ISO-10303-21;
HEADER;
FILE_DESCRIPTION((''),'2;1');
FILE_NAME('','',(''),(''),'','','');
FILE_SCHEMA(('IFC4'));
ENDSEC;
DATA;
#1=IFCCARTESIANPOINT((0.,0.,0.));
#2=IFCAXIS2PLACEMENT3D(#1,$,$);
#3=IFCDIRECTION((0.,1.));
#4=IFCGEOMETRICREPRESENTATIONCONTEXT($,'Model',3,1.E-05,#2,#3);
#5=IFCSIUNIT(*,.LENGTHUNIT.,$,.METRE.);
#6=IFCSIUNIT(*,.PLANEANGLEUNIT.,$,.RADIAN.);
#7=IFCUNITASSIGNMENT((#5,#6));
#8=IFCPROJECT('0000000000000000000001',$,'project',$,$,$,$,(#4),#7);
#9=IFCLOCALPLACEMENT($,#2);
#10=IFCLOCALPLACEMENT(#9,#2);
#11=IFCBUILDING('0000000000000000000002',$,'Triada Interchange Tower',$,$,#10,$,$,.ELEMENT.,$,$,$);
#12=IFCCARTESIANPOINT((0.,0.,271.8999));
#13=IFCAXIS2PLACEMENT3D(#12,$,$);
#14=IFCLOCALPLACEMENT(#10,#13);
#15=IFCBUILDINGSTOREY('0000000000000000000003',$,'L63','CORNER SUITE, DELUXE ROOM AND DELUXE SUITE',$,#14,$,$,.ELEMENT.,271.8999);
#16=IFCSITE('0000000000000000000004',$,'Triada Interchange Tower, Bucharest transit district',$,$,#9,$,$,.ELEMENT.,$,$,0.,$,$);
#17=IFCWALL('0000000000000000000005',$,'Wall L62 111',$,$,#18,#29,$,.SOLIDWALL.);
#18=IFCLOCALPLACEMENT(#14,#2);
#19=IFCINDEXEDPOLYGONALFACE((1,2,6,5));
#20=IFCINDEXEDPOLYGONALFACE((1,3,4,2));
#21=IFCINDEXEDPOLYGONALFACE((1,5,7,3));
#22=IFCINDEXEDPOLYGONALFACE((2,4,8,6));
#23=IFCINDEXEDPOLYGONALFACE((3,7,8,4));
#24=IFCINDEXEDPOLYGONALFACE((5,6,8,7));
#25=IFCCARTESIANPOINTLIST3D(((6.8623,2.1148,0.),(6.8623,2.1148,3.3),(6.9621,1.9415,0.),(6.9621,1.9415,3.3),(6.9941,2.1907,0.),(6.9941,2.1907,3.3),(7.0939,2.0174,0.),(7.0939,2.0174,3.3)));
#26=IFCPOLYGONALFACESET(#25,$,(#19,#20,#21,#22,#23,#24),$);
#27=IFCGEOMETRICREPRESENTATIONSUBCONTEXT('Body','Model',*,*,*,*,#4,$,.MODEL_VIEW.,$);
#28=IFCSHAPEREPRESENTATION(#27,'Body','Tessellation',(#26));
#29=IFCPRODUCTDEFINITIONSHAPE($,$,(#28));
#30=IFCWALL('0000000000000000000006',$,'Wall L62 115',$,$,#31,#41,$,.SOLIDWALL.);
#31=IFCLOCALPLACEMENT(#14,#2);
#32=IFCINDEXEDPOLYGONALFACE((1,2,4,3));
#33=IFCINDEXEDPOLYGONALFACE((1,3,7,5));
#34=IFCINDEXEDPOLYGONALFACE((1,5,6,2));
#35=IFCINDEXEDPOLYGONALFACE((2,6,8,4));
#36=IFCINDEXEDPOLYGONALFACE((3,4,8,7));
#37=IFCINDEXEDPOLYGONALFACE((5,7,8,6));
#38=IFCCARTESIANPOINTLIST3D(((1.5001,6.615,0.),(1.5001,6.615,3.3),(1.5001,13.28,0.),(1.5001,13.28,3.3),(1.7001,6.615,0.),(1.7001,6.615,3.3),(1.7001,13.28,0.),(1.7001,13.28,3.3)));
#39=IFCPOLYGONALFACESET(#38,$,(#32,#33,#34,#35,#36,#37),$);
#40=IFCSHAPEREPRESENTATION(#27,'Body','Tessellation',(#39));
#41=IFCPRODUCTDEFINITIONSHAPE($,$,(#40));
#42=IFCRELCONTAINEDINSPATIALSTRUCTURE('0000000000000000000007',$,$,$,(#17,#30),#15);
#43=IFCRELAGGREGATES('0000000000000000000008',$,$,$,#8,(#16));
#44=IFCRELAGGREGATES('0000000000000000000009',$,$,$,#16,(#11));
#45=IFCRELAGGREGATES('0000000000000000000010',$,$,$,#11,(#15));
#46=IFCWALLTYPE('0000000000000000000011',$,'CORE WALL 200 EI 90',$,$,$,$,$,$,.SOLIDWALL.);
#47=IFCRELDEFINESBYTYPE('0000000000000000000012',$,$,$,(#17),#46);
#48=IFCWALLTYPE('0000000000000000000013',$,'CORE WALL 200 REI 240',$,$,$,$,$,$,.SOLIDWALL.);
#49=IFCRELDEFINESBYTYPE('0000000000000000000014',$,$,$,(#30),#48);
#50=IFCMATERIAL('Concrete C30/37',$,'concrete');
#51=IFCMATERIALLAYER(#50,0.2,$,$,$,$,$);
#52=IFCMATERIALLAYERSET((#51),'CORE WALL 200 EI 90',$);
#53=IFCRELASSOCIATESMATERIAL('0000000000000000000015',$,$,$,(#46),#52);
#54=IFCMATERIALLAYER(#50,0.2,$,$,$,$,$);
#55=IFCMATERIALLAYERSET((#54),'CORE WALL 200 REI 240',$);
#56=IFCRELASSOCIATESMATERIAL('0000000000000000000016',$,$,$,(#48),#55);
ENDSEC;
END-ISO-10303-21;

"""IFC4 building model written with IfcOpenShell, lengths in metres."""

from ifc_helpers import new_model, si_unit, direction, frame, frame_2d, origin, place, context, subcontext, project, spatial, rectangle, extrude, material, layer, layer_set, type_object, element, save


model = new_model("IFC4")

# Units and contexts
model_context = context("Model", 3, precision=1e-05, world=origin(), true_north=direction((0.0, 1.0)))
body_context = subcontext(model_context, "Body", "Model", "MODEL_VIEW")
ifc_project = project(units=[si_unit("LENGTHUNIT", "METRE"), si_unit("PLANEANGLEUNIT", "RADIAN")], contexts=[model_context])

# Site, building, storey
site_placement = place(None, origin())
site = spatial("IfcSite", under=ifc_project, at=site_placement, Name="Triada Interchange Tower, Bucharest transit district", CompositionType="ELEMENT", RefElevation=0.0)
building_placement = place(site_placement, origin())
building = spatial("IfcBuilding", under=site, at=building_placement, Name="Triada Interchange Tower", CompositionType="ELEMENT")
storey_placement = place(building_placement, frame((0.0, 0.0, 271.8999)))
storey = spatial("IfcBuildingStorey", under=building, at=storey_placement, Name="L63", Description="CORNER SUITE, DELUXE ROOM AND DELUXE SUITE", CompositionType="ELEMENT", Elevation=271.8999)

# Shared definitions
ifc_material_1 = material(Name="Concrete C30/37", Category="concrete")

# Walls
ifc_layer_1 = layer(ifc_material_1, 0.2)
ifc_layer_set_1 = layer_set([ifc_layer_1], Name="CORE WALL 200 EI 90")
wall_type_1 = type_object("IfcWallType", Name="CORE WALL 200 EI 90", PredefinedType="SOLIDWALL", material=ifc_layer_set_1)
wall_1_placement = place(storey_placement, frame((6.9121, 2.0281, 0.0), z_axis=(0.0, 0.0, 1.0), x_axis=(0.866559, 0.499074, 0.0)))
element("IfcWall", 1, at=wall_1_placement, inside=storey, type_object=wall_type_1, Name="Wall L62 111", PredefinedType="SOLIDWALL", context=body_context, shape_type="SweptSolid", body=[
    extrude(rectangle(XDim=0.1521, YDim=0.2, at=frame_2d((0.0762, 0.0))), origin(), (0.0, 0.0, 1.0), 3.3),
])
ifc_layer_2 = layer(ifc_material_1, 0.2)
ifc_layer_set_2 = layer_set([ifc_layer_2], Name="CORE WALL 200 REI 240")
wall_type_2 = type_object("IfcWallType", Name="CORE WALL 200 REI 240", PredefinedType="SOLIDWALL", material=ifc_layer_set_2)
wall_2_placement = place(storey_placement, frame((1.6001, 6.615, 0.0), z_axis=(0.0, 0.0, 1.0), x_axis=(0.0, 1.0, 0.0)))
element("IfcWall", 2, at=wall_2_placement, inside=storey, type_object=wall_type_2, Name="Wall L62 115", PredefinedType="SOLIDWALL", context=body_context, shape_type="SweptSolid", body=[
    extrude(rectangle(XDim=6.665, YDim=0.2, at=frame_2d((3.3325, 0.0))), origin(), (0.0, 0.0, 1.0), 3.3),
])

save(model, "model.ifc")
